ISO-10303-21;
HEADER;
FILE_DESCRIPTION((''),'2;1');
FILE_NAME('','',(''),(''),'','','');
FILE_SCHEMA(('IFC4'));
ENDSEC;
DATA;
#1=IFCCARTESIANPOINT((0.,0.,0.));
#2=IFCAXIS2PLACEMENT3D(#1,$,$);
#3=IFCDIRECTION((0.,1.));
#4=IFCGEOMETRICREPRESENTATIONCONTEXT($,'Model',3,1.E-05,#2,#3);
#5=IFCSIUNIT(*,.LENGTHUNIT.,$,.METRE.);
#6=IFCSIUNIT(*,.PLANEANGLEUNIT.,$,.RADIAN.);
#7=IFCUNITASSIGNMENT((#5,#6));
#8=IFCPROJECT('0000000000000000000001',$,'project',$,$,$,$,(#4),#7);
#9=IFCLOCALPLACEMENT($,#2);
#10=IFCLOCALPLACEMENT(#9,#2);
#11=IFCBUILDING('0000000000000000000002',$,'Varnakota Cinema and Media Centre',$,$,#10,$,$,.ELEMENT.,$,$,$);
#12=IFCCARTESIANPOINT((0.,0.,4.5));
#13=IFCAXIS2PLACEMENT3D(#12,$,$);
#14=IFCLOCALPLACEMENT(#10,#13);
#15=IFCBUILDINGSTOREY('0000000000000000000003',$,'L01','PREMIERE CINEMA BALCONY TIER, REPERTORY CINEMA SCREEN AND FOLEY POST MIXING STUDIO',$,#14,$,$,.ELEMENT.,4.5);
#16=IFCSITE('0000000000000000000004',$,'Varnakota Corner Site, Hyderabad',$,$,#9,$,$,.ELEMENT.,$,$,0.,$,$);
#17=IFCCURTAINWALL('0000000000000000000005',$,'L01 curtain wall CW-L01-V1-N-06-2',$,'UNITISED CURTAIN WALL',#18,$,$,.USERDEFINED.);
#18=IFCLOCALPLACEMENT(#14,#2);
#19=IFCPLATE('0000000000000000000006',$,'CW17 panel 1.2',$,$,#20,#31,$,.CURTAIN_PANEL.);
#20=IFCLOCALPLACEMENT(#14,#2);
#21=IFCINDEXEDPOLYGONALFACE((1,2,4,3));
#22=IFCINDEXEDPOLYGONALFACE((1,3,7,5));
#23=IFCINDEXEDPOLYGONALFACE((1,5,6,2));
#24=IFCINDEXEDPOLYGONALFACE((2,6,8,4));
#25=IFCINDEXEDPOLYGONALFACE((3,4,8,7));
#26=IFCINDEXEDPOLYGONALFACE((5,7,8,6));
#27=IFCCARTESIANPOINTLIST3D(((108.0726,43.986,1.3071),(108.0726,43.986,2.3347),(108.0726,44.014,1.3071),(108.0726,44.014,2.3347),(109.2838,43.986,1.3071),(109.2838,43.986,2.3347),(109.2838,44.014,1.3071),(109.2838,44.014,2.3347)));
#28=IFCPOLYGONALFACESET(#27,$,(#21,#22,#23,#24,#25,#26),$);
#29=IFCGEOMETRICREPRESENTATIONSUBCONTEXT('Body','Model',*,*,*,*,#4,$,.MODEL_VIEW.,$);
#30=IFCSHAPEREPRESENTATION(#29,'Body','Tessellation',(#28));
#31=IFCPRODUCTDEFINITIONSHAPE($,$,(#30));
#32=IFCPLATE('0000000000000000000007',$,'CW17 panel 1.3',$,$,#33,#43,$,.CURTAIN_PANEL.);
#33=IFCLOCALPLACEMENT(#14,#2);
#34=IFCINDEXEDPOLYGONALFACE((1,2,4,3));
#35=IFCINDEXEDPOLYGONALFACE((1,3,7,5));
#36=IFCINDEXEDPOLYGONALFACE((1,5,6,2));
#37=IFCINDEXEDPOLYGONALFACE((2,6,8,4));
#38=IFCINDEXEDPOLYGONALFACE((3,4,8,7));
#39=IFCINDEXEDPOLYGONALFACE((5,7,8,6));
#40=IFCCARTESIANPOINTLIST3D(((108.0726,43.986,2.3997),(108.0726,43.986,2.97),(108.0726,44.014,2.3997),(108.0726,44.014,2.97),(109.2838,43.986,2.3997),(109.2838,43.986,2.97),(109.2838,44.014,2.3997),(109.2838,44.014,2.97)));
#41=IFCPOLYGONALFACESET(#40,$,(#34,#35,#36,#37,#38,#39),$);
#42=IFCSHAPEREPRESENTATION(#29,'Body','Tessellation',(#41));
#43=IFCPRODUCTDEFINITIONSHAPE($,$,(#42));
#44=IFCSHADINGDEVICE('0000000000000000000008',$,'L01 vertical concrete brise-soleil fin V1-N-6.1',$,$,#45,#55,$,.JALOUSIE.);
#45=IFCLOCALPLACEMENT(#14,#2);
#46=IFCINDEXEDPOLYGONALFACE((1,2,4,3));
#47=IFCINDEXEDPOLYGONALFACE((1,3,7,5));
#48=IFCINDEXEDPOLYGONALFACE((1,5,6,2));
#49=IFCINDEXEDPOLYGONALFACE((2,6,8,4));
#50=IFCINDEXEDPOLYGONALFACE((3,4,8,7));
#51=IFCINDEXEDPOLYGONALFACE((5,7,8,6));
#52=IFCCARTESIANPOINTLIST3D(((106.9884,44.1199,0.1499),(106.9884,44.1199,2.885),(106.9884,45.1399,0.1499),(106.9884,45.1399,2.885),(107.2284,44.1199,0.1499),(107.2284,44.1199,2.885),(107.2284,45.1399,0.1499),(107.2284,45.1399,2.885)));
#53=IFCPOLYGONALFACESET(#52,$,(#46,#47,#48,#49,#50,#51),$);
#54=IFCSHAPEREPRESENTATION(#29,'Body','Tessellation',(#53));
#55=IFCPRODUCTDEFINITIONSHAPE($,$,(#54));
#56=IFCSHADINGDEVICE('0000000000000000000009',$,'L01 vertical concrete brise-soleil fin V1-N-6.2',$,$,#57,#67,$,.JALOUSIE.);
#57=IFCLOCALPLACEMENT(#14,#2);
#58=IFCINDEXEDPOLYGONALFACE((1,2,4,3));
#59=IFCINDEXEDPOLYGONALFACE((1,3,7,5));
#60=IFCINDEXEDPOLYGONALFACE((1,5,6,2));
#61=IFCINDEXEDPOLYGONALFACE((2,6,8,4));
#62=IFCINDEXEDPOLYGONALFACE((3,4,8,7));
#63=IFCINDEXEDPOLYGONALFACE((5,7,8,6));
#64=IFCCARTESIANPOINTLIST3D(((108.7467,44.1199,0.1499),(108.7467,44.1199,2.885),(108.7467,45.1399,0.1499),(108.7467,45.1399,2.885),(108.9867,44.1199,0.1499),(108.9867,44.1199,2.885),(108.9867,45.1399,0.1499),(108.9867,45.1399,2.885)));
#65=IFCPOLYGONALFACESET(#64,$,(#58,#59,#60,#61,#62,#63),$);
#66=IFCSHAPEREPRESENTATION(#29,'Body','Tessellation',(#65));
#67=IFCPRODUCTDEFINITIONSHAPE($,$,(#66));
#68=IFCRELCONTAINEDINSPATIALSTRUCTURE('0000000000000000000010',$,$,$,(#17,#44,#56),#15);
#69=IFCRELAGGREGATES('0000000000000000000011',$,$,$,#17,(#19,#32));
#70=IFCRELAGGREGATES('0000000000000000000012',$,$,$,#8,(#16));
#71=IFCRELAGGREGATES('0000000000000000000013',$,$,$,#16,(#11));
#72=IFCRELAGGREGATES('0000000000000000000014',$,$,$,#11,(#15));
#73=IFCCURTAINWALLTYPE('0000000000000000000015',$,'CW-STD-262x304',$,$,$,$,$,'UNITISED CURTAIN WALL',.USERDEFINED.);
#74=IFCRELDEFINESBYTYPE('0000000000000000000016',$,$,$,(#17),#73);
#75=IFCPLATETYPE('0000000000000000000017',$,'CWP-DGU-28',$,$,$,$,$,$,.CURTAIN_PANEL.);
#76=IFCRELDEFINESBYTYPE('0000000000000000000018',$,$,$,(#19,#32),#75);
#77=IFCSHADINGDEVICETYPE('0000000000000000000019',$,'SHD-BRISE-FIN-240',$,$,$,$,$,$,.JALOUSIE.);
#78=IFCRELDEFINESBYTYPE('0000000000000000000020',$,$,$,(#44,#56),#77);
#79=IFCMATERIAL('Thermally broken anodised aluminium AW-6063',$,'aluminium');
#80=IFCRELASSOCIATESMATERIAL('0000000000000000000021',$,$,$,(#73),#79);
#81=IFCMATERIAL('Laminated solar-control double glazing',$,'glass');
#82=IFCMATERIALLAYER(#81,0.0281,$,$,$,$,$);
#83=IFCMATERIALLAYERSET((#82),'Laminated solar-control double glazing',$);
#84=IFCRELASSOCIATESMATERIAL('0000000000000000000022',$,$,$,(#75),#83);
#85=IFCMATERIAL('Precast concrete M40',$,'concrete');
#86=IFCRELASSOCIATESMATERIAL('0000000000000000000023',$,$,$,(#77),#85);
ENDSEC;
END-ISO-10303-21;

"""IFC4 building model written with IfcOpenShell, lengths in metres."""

from ifc_helpers import new_model, si_unit, direction, frame, origin, origin_2d, place, context, subcontext, project, spatial, rectangle, extrude, material, layer, layer_set, type_object, element, aggregate, save


model = new_model("IFC4")

# Units and contexts
model_context = context("Model", 3, precision=1e-05, world=origin(), true_north=direction((0.0, 1.0)))
body_context = subcontext(model_context, "Body", "Model", "MODEL_VIEW")
ifc_project = project(units=[si_unit("LENGTHUNIT", "METRE"), si_unit("PLANEANGLEUNIT", "RADIAN")], contexts=[model_context])

# Site, building, storey
site_placement = place(None, origin())
site = spatial("IfcSite", under=ifc_project, at=site_placement, Name="Varnakota Corner Site, Hyderabad", CompositionType="ELEMENT", RefElevation=0.0)
building_placement = place(site_placement, origin())
building = spatial("IfcBuilding", under=site, at=building_placement, Name="Varnakota Cinema and Media Centre", CompositionType="ELEMENT")
storey_placement = place(building_placement, frame((0.0, 0.0, 4.5)))
storey = spatial("IfcBuildingStorey", under=building, at=storey_placement, Name="L01", Description="PREMIERE CINEMA BALCONY TIER, REPERTORY CINEMA SCREEN AND FOLEY POST MIXING STUDIO", CompositionType="ELEMENT", Elevation=4.5)

# Shared definitions
ifc_material_1 = material(Name="Thermally broken anodised aluminium AW-6063", Category="aluminium")
curtain_wall_type = type_object("IfcCurtainWallType", Name="CW-STD-262x304", ElementType="UNITISED CURTAIN WALL", PredefinedType="USERDEFINED", material=ifc_material_1)

# Curtain wall
curtain_wall_1_placement = place(storey_placement, origin())
curtain_wall_1 = element("IfcCurtainWall", 1, at=curtain_wall_1_placement, inside=storey, type_object=curtain_wall_type, Name="L01 curtain wall CW-L01-V1-N-06-2", ObjectType="UNITISED CURTAIN WALL", PredefinedType="USERDEFINED")

# Plates
ifc_material_2 = material(Name="Laminated solar-control double glazing", Category="glass")
ifc_layer = layer(ifc_material_2, 0.0281)
ifc_layer_set = layer_set([ifc_layer], Name="Laminated solar-control double glazing")
plate_type = type_object("IfcPlateType", Name="CWP-DGU-28", PredefinedType="CURTAIN_PANEL", material=ifc_layer_set)
plate_1_placement = place(storey_placement, frame((108.6782, 44.0, 1.3071), z_axis=(0.0, 0.0, 1.0), x_axis=(1.0, 0.0, 0.0)))
plate_1 = element("IfcPlate", 2, at=plate_1_placement, type_object=plate_type, Name="CW17 panel 1.2", PredefinedType="CURTAIN_PANEL", context=body_context, shape_type="SweptSolid", body=[
    extrude(rectangle(XDim=1.2112, YDim=0.0281, at=origin_2d()), origin(), (0.0, 0.0, 1.0), 1.0276),
])
plate_2_placement = place(storey_placement, frame((108.6782, 44.0, 2.3997), z_axis=(0.0, 0.0, 1.0), x_axis=(1.0, 0.0, 0.0)))
plate_2 = element("IfcPlate", 3, at=plate_2_placement, type_object=plate_type, Name="CW17 panel 1.3", PredefinedType="CURTAIN_PANEL", context=body_context, shape_type="SweptSolid", body=[
    extrude(rectangle(XDim=1.2112, YDim=0.0281, at=origin_2d()), origin(), (0.0, 0.0, 1.0), 0.5703),
])
aggregate(curtain_wall_1, [plate_1, plate_2])

# Shading devices
ifc_material_3 = material(Name="Precast concrete M40", Category="concrete")
shading_device_type = type_object("IfcShadingDeviceType", Name="SHD-BRISE-FIN-240", PredefinedType="JALOUSIE", material=ifc_material_3)
for number, where, z_axis, x_axis, name in (
    (4, (107.1084, 44.6299, 0.1499), (0.0, 0.0, 1.0), (1.0, 0.0, 0.0), "L01 vertical concrete brise-soleil fin V1-N-6.1"),
    (5, (108.8667, 44.6299, 0.1499), (0.0, 0.0, 1.0), (1.0, 0.0, 0.0), "L01 vertical concrete brise-soleil fin V1-N-6.2"),
):
    element("IfcShadingDevice", number, at=place(storey_placement, frame(where, z_axis=z_axis, x_axis=x_axis)), inside=storey, type_object=shading_device_type, Name=name, PredefinedType="JALOUSIE", context=body_context, shape_type="SweptSolid", body=[
        extrude(rectangle(XDim=0.24, YDim=1.02, at=origin_2d()), origin(), (0.0, 0.0, 1.0), 2.7351),
    ])

save(model, "model.ifc")
